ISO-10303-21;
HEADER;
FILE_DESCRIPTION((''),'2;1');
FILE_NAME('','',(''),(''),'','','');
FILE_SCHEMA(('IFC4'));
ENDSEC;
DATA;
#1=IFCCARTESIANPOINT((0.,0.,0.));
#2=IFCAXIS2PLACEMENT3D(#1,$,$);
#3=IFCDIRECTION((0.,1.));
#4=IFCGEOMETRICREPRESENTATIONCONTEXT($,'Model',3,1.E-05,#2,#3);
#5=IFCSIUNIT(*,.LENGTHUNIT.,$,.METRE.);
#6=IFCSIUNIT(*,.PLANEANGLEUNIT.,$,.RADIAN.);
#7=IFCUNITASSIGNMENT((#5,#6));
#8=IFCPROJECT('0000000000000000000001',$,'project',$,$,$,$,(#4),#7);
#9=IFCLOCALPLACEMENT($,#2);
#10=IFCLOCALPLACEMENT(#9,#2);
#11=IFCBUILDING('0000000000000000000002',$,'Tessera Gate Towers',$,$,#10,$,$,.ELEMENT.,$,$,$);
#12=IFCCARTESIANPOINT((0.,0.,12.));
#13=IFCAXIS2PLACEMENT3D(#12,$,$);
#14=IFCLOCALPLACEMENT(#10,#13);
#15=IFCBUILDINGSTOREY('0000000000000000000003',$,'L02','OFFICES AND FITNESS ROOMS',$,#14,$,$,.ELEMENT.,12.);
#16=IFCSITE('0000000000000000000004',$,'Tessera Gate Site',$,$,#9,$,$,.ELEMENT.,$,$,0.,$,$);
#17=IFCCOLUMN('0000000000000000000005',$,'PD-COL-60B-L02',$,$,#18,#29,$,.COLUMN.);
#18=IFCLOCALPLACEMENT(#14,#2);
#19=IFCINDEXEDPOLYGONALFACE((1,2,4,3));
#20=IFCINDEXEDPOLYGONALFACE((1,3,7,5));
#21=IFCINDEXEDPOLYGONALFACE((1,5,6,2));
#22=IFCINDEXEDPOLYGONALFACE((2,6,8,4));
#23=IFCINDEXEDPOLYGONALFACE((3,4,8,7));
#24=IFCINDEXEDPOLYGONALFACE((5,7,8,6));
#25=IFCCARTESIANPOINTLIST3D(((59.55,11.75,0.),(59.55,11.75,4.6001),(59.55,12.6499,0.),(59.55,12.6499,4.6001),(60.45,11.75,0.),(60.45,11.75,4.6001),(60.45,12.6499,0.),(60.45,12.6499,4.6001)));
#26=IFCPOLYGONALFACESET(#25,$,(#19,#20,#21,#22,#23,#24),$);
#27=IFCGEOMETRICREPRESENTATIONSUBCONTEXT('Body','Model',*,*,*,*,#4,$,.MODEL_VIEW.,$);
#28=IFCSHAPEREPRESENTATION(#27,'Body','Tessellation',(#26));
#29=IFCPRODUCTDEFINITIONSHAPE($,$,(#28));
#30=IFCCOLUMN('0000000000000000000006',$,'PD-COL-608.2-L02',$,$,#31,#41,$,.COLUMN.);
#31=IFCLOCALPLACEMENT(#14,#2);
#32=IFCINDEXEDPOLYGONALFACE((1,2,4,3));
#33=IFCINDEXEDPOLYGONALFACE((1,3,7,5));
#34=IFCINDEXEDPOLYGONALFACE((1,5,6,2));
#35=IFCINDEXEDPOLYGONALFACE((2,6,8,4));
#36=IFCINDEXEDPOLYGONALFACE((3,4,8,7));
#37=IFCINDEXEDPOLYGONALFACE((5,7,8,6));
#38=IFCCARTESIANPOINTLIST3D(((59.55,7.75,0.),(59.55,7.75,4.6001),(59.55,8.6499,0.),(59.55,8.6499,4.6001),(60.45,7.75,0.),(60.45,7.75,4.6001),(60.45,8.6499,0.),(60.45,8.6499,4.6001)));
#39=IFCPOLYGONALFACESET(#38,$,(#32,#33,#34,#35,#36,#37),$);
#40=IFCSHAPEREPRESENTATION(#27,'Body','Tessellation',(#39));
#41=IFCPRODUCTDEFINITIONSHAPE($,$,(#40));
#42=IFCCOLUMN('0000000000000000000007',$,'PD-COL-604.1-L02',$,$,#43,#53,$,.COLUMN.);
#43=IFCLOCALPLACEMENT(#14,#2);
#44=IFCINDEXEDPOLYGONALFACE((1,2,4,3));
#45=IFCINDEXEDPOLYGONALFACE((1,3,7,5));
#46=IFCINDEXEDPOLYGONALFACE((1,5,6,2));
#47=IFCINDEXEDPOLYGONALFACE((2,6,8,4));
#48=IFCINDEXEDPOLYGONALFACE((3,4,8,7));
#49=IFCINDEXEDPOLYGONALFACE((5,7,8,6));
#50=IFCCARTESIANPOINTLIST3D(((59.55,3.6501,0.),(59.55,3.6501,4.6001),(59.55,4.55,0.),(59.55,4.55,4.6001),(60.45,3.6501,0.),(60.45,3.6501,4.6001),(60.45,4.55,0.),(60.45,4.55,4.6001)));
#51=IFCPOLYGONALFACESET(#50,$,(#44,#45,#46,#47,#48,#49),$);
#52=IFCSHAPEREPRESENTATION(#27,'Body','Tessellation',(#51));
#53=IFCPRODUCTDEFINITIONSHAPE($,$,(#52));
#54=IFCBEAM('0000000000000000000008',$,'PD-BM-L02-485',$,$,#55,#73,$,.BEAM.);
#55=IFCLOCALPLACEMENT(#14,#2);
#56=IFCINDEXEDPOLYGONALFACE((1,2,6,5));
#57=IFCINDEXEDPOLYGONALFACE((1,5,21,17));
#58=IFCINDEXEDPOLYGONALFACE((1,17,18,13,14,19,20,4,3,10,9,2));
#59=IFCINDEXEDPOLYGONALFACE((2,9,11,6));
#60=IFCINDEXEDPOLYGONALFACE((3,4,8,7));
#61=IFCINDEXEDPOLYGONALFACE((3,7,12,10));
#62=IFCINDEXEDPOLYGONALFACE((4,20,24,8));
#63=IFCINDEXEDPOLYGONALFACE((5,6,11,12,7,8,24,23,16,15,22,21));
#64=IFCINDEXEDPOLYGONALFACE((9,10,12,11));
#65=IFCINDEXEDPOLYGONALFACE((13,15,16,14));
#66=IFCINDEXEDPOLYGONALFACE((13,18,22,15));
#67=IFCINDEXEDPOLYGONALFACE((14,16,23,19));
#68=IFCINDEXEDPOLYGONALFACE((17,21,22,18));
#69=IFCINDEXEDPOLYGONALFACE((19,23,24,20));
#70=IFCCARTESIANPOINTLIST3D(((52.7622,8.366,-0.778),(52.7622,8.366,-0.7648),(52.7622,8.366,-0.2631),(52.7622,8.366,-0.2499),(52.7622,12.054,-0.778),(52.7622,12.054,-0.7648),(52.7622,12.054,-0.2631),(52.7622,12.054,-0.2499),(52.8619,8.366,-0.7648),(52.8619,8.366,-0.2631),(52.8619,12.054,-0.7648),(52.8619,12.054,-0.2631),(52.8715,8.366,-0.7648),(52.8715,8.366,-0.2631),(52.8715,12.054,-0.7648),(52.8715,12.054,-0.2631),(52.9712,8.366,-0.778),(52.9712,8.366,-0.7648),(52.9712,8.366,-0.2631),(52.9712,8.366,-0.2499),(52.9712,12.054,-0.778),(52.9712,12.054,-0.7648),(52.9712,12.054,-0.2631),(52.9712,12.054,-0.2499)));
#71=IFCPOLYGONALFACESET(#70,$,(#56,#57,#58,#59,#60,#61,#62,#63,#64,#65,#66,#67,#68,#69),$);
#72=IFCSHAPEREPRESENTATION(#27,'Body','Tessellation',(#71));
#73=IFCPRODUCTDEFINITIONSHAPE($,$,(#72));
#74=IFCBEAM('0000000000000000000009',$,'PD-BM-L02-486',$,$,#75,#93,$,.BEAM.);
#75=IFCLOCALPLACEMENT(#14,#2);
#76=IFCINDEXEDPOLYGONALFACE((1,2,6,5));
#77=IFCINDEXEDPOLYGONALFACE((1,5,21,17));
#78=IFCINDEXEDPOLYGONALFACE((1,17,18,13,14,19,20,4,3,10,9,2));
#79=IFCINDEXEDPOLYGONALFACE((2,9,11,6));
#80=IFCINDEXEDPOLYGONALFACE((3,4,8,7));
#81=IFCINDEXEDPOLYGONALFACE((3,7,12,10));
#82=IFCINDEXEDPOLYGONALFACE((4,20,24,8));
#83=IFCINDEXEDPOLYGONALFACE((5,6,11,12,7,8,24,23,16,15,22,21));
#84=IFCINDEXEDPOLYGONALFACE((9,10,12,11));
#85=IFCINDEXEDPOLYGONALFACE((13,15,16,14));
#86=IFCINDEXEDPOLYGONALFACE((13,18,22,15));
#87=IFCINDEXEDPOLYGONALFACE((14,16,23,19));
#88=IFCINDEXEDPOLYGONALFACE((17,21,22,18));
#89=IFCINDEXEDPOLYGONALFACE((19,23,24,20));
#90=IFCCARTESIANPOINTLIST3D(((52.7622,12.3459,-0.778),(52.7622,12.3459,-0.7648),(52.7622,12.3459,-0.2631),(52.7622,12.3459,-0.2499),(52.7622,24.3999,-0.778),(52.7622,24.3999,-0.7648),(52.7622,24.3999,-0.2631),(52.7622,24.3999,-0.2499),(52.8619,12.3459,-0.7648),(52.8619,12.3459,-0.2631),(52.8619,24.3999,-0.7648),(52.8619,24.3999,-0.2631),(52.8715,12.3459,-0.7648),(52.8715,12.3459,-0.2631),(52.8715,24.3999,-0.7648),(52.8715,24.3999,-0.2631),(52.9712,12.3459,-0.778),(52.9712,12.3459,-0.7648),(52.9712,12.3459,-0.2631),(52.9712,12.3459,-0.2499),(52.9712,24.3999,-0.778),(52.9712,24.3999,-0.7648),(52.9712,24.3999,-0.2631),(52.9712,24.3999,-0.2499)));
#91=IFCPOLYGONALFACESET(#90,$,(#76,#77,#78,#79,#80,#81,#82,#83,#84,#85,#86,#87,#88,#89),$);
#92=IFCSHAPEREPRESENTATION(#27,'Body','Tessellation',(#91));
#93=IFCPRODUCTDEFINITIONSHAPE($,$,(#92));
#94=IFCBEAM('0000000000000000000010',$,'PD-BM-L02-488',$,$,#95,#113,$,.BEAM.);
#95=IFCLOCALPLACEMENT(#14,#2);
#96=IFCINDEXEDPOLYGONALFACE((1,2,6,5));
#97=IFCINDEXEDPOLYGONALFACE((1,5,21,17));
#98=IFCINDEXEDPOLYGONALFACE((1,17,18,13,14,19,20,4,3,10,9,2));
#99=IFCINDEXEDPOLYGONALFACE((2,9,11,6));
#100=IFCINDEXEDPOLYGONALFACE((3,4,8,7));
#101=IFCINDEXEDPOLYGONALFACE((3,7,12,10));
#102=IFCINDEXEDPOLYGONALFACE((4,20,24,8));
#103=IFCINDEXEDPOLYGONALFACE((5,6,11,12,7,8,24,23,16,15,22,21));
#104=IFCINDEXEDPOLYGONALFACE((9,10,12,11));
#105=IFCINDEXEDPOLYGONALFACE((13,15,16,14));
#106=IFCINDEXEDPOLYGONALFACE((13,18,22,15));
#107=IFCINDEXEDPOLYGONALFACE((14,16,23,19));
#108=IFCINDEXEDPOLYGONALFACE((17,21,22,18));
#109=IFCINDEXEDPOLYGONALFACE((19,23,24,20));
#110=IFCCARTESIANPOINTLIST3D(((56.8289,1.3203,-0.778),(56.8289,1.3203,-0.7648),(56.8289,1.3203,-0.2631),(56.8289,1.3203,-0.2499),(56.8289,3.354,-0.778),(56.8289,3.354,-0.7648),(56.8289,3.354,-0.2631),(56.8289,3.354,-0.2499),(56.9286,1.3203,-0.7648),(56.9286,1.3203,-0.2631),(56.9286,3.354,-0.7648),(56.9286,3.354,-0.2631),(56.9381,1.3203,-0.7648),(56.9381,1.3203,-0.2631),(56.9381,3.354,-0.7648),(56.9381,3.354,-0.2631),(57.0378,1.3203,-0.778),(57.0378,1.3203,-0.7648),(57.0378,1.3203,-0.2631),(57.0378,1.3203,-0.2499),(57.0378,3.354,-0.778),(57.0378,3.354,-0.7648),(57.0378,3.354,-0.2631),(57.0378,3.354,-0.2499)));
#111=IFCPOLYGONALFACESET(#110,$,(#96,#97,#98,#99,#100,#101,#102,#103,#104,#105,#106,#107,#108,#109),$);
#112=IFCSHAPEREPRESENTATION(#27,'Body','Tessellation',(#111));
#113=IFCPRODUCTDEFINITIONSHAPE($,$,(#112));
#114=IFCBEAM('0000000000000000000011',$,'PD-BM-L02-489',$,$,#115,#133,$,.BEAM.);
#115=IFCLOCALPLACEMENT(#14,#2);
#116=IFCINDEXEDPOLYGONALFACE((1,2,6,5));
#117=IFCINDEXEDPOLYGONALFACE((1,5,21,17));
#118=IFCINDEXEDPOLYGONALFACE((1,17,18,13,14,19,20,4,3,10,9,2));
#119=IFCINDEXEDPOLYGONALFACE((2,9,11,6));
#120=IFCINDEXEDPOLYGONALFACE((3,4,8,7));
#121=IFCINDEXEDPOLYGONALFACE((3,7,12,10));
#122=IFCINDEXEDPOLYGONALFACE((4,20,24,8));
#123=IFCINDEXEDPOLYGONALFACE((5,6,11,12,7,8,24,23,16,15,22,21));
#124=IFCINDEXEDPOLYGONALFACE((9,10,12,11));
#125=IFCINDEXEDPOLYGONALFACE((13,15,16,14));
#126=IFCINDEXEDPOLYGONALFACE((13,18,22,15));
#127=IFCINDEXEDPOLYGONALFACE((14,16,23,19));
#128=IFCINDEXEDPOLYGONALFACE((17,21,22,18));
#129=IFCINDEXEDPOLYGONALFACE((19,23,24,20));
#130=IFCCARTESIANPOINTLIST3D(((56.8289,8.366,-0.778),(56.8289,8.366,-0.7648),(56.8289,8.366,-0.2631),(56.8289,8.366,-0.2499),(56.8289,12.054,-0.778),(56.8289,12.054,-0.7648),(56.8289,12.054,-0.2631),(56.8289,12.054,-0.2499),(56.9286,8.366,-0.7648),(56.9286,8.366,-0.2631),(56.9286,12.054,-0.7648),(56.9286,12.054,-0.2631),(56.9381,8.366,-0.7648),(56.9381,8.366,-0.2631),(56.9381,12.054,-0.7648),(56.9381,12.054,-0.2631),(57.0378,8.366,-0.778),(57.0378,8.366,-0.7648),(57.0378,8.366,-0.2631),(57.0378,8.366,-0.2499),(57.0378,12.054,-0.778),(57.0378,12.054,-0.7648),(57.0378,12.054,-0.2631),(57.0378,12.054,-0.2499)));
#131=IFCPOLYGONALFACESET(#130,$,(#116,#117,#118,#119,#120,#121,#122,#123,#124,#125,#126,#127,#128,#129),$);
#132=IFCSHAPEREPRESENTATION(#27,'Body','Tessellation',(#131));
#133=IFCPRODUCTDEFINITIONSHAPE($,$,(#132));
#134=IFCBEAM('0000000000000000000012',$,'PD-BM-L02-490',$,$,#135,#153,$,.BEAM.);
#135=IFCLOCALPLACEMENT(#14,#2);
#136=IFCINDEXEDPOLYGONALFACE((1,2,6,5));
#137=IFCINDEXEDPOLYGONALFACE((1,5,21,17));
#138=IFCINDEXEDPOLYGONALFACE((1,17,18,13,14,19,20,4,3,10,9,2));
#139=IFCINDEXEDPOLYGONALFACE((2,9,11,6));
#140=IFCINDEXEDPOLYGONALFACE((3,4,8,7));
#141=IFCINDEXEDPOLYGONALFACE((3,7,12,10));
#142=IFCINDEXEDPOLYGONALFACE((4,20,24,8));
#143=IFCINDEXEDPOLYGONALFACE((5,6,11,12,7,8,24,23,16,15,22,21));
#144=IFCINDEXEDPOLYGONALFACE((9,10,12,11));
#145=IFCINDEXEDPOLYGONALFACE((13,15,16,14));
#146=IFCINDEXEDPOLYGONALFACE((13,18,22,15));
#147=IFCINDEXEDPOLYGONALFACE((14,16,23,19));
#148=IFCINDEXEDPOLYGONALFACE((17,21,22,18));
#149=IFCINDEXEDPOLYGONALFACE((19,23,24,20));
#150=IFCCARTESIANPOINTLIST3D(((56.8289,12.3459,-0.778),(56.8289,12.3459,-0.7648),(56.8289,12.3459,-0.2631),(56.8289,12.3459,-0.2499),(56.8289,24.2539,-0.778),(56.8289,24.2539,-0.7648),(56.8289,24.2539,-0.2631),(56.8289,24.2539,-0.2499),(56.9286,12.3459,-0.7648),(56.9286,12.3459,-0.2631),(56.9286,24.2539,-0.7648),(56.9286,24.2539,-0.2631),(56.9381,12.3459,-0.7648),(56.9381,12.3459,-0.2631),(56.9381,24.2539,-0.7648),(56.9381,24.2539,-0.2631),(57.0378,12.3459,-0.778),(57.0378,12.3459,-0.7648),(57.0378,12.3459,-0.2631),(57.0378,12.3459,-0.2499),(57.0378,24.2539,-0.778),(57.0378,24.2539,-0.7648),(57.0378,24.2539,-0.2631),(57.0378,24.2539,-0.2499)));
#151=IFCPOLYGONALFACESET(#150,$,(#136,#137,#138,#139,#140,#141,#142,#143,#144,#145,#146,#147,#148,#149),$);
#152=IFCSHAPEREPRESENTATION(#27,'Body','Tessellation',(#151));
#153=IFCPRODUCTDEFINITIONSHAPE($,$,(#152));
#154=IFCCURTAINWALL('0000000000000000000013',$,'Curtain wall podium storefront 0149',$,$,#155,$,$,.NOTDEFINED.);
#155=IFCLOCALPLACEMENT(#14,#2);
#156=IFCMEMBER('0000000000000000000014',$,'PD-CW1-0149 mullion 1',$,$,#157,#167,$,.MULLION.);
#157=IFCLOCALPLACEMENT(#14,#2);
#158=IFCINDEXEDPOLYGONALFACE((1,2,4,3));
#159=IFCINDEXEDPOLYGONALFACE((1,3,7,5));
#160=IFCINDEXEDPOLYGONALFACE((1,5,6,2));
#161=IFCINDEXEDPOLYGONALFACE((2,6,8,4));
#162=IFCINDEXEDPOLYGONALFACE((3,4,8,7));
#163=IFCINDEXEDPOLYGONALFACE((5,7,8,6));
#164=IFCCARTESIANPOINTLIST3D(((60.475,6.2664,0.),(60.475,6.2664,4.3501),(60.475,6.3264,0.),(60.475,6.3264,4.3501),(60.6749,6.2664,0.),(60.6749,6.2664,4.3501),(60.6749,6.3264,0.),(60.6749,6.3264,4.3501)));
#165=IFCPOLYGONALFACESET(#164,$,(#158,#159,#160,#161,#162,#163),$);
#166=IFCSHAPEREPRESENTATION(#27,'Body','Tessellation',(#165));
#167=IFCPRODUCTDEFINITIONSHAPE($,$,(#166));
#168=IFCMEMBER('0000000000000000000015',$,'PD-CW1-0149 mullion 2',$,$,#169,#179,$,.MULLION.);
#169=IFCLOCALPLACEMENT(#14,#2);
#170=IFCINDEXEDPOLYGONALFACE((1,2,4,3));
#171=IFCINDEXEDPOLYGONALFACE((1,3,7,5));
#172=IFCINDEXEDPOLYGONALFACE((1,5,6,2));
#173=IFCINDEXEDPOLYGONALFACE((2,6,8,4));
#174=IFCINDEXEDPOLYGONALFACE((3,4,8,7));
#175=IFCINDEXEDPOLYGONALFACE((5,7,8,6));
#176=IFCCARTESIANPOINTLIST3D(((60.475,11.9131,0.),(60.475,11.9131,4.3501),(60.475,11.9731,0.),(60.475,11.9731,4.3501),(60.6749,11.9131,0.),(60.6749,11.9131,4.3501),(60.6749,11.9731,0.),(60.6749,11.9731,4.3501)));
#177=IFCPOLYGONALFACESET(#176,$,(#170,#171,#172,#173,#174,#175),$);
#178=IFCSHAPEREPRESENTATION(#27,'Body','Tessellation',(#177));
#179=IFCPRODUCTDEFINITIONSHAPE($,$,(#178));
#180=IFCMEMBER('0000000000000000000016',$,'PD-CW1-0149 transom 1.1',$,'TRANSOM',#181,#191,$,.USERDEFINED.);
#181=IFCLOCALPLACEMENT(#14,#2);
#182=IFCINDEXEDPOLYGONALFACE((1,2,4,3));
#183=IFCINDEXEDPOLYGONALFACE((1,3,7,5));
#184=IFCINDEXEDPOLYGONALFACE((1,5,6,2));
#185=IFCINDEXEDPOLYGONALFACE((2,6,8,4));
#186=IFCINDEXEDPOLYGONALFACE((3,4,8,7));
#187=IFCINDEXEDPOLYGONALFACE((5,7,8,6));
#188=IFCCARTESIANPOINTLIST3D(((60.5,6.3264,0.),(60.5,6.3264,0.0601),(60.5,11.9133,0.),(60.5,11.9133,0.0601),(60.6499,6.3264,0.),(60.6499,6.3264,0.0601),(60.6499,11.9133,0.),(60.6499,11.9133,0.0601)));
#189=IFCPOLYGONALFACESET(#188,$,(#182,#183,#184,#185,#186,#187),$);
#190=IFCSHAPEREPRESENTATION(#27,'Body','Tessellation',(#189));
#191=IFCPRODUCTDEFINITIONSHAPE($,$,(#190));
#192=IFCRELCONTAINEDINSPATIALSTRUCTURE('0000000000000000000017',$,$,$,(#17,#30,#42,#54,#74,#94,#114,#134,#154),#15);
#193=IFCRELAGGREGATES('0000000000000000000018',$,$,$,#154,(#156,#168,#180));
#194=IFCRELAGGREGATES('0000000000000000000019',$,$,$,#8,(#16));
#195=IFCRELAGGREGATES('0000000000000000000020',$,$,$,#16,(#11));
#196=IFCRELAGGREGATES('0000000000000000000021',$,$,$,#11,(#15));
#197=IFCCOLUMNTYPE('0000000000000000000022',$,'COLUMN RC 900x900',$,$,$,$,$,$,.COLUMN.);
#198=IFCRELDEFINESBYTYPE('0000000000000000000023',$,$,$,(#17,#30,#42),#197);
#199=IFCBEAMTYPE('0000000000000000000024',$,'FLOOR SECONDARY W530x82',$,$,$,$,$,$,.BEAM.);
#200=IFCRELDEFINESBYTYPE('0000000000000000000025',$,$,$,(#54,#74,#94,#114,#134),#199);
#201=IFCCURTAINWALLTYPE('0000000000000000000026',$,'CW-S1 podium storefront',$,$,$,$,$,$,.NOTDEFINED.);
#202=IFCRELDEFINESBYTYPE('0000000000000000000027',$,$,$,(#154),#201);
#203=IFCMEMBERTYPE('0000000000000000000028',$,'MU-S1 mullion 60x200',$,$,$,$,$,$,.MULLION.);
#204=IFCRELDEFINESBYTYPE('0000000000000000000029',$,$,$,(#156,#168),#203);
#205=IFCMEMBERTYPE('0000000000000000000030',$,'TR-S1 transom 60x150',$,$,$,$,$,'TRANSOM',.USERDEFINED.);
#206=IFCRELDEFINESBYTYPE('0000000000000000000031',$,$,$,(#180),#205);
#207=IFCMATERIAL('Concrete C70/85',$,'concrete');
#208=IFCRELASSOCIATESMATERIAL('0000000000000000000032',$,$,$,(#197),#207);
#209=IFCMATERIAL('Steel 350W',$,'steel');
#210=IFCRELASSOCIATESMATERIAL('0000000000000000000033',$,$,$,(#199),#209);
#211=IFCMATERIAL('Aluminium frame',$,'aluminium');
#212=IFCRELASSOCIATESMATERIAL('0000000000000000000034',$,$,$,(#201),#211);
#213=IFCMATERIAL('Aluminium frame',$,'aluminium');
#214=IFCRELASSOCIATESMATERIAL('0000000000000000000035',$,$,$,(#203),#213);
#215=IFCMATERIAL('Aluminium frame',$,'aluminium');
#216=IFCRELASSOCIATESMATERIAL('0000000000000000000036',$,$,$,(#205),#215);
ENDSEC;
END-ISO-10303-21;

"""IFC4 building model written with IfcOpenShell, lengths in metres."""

from ifc_helpers import new_model, si_unit, direction, frame, origin, origin_2d, place, context, subcontext, project, spatial, rectangle, i_section, extrude, material, material_profile, profile_set, type_object, element, aggregate, save


model = new_model("IFC4")

# Units and contexts
model_context = context("Model", 3, precision=1e-05, world=origin(), true_north=direction((0.0, 1.0)))
body_context = subcontext(model_context, "Body", "Model", "MODEL_VIEW")
ifc_project = project(units=[si_unit("LENGTHUNIT", "METRE"), si_unit("PLANEANGLEUNIT", "RADIAN")], contexts=[model_context])

# Site, building, storey
site_placement = place(None, origin())
site = spatial("IfcSite", under=ifc_project, at=site_placement, Name="Tessera Gate Site", CompositionType="ELEMENT", RefElevation=0.0)
building_placement = place(site_placement, origin())
building = spatial("IfcBuilding", under=site, at=building_placement, Name="Tessera Gate Towers", CompositionType="ELEMENT")
storey_placement = place(building_placement, frame((0.0, 0.0, 12.0)))
storey = spatial("IfcBuildingStorey", under=building, at=storey_placement, Name="L02", Description="OFFICES AND FITNESS ROOMS", CompositionType="ELEMENT", Elevation=12.0)

# Columns
ifc_material_1 = material(Name="Concrete C70/85", Category="concrete")
ifc_material_profile_1 = material_profile(ifc_material_1, rectangle(XDim=0.8999, YDim=0.8999, at=origin_2d()), Name="RC 900x900")
ifc_profile_set_1 = profile_set([ifc_material_profile_1], Name="Concrete C70/85")
column_type = type_object("IfcColumnType", Name="COLUMN RC 900x900", PredefinedType="COLUMN", material=ifc_profile_set_1)
for number, where, z_axis, x_axis, name in (
    (1, (60.0, 12.2, 0.0), (0.0, 0.0, 1.0), (1.0, 0.0, 0.0), "PD-COL-60B-L02"),
    (2, (60.0, 8.2, 0.0), (0.0, 0.0, 1.0), (1.0, 0.0, 0.0), "PD-COL-608.2-L02"),
    (3, (60.0, 4.1001, 0.0), (0.0, 0.0, 1.0), (1.0, 0.0, 0.0), "PD-COL-604.1-L02"),
):
    element("IfcColumn", number, at=place(storey_placement, frame(where, z_axis=z_axis, x_axis=x_axis)), inside=storey, type_object=column_type, Name=name, PredefinedType="COLUMN", context=body_context, shape_type="SweptSolid", body=[
        extrude(rectangle(XDim=0.8999, YDim=0.8999, at=origin_2d()), origin(), (0.0, 0.0, 1.0), 4.6001),
    ])

# Beams
ifc_material_2 = material(Name="Steel 350W", Category="steel")
ifc_material_profile_2 = material_profile(ifc_material_2, i_section(OverallWidth=0.209, OverallDepth=0.5281, WebThickness=0.0095, FlangeThickness=0.0132, at=origin_2d()), Name="W530x82")
ifc_profile_set_2 = profile_set([ifc_material_profile_2], Name="Steel 350W")
beam_type = type_object("IfcBeamType", Name="FLOOR SECONDARY W530x82", PredefinedType="BEAM", material=ifc_profile_set_2)
beam_1_placement = place(storey_placement, frame((52.8667, 8.366, -0.5139), z_axis=(0.0, 1.0, 0.0), x_axis=(-1.0, 0.0, 0.0)))
element("IfcBeam", 4, at=beam_1_placement, inside=storey, type_object=beam_type, Name="PD-BM-L02-485", PredefinedType="BEAM", context=body_context, shape_type="SweptSolid", body=[
    extrude(i_section(OverallWidth=0.209, OverallDepth=0.5281, WebThickness=0.0095, FlangeThickness=0.0132, at=origin_2d()), origin(), (0.0, 0.0, 1.0), 3.688),
])
beam_2_placement = place(storey_placement, frame((52.8667, 12.3459, -0.5139), z_axis=(0.0, 1.0, 0.0), x_axis=(-1.0, 0.0, 0.0)))
element("IfcBeam", 5, at=beam_2_placement, inside=storey, type_object=beam_type, Name="PD-BM-L02-486", PredefinedType="BEAM", context=body_context, shape_type="SweptSolid", body=[
    extrude(i_section(OverallWidth=0.209, OverallDepth=0.5281, WebThickness=0.0095, FlangeThickness=0.0132, at=origin_2d()), origin(), (0.0, 0.0, 1.0), 12.054),
])
beam_3_placement = place(storey_placement, frame((56.9333, 1.3203, -0.5139), z_axis=(0.0, 1.0, 0.0), x_axis=(-1.0, 0.0, 0.0)))
element("IfcBeam", 6, at=beam_3_placement, inside=storey, type_object=beam_type, Name="PD-BM-L02-488", PredefinedType="BEAM", context=body_context, shape_type="SweptSolid", body=[
    extrude(i_section(OverallWidth=0.209, OverallDepth=0.5281, WebThickness=0.0095, FlangeThickness=0.0132, at=origin_2d()), origin(), (0.0, 0.0, 1.0), 2.0337),
])
beam_4_placement = place(storey_placement, frame((56.9333, 8.366, -0.5139), z_axis=(0.0, 1.0, 0.0), x_axis=(-1.0, 0.0, 0.0)))
element("IfcBeam", 7, at=beam_4_placement, inside=storey, type_object=beam_type, Name="PD-BM-L02-489", PredefinedType="BEAM", context=body_context, shape_type="SweptSolid", body=[
    extrude(i_section(OverallWidth=0.209, OverallDepth=0.5281, WebThickness=0.0095, FlangeThickness=0.0132, at=origin_2d()), origin(), (0.0, 0.0, 1.0), 3.688),
])
beam_5_placement = place(storey_placement, frame((56.9333, 12.3459, -0.5139), z_axis=(0.0, 1.0, 0.0), x_axis=(-1.0, 0.0, 0.0)))
element("IfcBeam", 8, at=beam_5_placement, inside=storey, type_object=beam_type, Name="PD-BM-L02-490", PredefinedType="BEAM", context=body_context, shape_type="SweptSolid", body=[
    extrude(i_section(OverallWidth=0.209, OverallDepth=0.5281, WebThickness=0.0095, FlangeThickness=0.0132, at=origin_2d()), origin(), (0.0, 0.0, 1.0), 11.908),
])

# Curtain wall, members
ifc_material_3 = material(Name="Aluminium frame", Category="aluminium")
curtain_wall_type = type_object("IfcCurtainWallType", Name="CW-S1 podium storefront", PredefinedType="NOTDEFINED", material=ifc_material_3)
curtain_wall_placement = place(storey_placement, origin())
curtain_wall = element("IfcCurtainWall", 9, at=curtain_wall_placement, inside=storey, type_object=curtain_wall_type, Name="Curtain wall podium storefront 0149", PredefinedType="NOTDEFINED")
ifc_material_4 = material(Name="Aluminium frame", Category="aluminium")
ifc_material_profile_3 = material_profile(ifc_material_4, rectangle(XDim=0.0601, YDim=0.2, at=origin_2d()), Name="AL 60x200")
ifc_profile_set_3 = profile_set([ifc_material_profile_3], Name="Aluminium frame")
member_type_1 = type_object("IfcMemberType", Name="MU-S1 mullion 60x200", PredefinedType="MULLION", material=ifc_profile_set_3)
member_1_placement = place(storey_placement, frame((60.575, 6.2964, 0.0), z_axis=(0.0, 0.0, 1.0), x_axis=(0.0, 1.0, 0.0)))
member_1 = element("IfcMember", 10, at=member_1_placement, type_object=member_type_1, Name="PD-CW1-0149 mullion 1", PredefinedType="MULLION", context=body_context, shape_type="SweptSolid", body=[
    extrude(rectangle(XDim=0.0601, YDim=0.2, at=origin_2d()), origin(), (0.0, 0.0, 1.0), 4.3501),
])
member_2_placement = place(storey_placement, frame((60.575, 11.9431, 0.0), z_axis=(0.0, 0.0, 1.0), x_axis=(0.0, 1.0, 0.0)))
member_2 = element("IfcMember", 11, at=member_2_placement, type_object=member_type_1, Name="PD-CW1-0149 mullion 2", PredefinedType="MULLION", context=body_context, shape_type="SweptSolid", body=[
    extrude(rectangle(XDim=0.0601, YDim=0.2, at=origin_2d()), origin(), (0.0, 0.0, 1.0), 4.3501),
])
ifc_material_5 = material(Name="Aluminium frame", Category="aluminium")
ifc_material_profile_4 = material_profile(ifc_material_5, rectangle(XDim=0.1499, YDim=0.0601, at=origin_2d()), Name="AL 60x150")
ifc_profile_set_4 = profile_set([ifc_material_profile_4], Name="Aluminium frame")
member_type_2 = type_object("IfcMemberType", Name="TR-S1 transom 60x150", ElementType="TRANSOM", PredefinedType="USERDEFINED", material=ifc_profile_set_4)
member_3_placement = place(storey_placement, frame((60.575, 6.3264, 0.03), z_axis=(0.0, 1.0, 0.0), x_axis=(-1.0, 0.0, 0.0)))
member_3 = element("IfcMember", 12, at=member_3_placement, type_object=member_type_2, Name="PD-CW1-0149 transom 1.1", ObjectType="TRANSOM", PredefinedType="USERDEFINED", context=body_context, shape_type="SweptSolid", body=[
    extrude(rectangle(XDim=0.1499, YDim=0.0601, at=origin_2d()), origin(), (0.0, 0.0, 1.0), 5.5869),
])
aggregate(curtain_wall, [member_1, member_2, member_3])

save(model, "model.ifc")
